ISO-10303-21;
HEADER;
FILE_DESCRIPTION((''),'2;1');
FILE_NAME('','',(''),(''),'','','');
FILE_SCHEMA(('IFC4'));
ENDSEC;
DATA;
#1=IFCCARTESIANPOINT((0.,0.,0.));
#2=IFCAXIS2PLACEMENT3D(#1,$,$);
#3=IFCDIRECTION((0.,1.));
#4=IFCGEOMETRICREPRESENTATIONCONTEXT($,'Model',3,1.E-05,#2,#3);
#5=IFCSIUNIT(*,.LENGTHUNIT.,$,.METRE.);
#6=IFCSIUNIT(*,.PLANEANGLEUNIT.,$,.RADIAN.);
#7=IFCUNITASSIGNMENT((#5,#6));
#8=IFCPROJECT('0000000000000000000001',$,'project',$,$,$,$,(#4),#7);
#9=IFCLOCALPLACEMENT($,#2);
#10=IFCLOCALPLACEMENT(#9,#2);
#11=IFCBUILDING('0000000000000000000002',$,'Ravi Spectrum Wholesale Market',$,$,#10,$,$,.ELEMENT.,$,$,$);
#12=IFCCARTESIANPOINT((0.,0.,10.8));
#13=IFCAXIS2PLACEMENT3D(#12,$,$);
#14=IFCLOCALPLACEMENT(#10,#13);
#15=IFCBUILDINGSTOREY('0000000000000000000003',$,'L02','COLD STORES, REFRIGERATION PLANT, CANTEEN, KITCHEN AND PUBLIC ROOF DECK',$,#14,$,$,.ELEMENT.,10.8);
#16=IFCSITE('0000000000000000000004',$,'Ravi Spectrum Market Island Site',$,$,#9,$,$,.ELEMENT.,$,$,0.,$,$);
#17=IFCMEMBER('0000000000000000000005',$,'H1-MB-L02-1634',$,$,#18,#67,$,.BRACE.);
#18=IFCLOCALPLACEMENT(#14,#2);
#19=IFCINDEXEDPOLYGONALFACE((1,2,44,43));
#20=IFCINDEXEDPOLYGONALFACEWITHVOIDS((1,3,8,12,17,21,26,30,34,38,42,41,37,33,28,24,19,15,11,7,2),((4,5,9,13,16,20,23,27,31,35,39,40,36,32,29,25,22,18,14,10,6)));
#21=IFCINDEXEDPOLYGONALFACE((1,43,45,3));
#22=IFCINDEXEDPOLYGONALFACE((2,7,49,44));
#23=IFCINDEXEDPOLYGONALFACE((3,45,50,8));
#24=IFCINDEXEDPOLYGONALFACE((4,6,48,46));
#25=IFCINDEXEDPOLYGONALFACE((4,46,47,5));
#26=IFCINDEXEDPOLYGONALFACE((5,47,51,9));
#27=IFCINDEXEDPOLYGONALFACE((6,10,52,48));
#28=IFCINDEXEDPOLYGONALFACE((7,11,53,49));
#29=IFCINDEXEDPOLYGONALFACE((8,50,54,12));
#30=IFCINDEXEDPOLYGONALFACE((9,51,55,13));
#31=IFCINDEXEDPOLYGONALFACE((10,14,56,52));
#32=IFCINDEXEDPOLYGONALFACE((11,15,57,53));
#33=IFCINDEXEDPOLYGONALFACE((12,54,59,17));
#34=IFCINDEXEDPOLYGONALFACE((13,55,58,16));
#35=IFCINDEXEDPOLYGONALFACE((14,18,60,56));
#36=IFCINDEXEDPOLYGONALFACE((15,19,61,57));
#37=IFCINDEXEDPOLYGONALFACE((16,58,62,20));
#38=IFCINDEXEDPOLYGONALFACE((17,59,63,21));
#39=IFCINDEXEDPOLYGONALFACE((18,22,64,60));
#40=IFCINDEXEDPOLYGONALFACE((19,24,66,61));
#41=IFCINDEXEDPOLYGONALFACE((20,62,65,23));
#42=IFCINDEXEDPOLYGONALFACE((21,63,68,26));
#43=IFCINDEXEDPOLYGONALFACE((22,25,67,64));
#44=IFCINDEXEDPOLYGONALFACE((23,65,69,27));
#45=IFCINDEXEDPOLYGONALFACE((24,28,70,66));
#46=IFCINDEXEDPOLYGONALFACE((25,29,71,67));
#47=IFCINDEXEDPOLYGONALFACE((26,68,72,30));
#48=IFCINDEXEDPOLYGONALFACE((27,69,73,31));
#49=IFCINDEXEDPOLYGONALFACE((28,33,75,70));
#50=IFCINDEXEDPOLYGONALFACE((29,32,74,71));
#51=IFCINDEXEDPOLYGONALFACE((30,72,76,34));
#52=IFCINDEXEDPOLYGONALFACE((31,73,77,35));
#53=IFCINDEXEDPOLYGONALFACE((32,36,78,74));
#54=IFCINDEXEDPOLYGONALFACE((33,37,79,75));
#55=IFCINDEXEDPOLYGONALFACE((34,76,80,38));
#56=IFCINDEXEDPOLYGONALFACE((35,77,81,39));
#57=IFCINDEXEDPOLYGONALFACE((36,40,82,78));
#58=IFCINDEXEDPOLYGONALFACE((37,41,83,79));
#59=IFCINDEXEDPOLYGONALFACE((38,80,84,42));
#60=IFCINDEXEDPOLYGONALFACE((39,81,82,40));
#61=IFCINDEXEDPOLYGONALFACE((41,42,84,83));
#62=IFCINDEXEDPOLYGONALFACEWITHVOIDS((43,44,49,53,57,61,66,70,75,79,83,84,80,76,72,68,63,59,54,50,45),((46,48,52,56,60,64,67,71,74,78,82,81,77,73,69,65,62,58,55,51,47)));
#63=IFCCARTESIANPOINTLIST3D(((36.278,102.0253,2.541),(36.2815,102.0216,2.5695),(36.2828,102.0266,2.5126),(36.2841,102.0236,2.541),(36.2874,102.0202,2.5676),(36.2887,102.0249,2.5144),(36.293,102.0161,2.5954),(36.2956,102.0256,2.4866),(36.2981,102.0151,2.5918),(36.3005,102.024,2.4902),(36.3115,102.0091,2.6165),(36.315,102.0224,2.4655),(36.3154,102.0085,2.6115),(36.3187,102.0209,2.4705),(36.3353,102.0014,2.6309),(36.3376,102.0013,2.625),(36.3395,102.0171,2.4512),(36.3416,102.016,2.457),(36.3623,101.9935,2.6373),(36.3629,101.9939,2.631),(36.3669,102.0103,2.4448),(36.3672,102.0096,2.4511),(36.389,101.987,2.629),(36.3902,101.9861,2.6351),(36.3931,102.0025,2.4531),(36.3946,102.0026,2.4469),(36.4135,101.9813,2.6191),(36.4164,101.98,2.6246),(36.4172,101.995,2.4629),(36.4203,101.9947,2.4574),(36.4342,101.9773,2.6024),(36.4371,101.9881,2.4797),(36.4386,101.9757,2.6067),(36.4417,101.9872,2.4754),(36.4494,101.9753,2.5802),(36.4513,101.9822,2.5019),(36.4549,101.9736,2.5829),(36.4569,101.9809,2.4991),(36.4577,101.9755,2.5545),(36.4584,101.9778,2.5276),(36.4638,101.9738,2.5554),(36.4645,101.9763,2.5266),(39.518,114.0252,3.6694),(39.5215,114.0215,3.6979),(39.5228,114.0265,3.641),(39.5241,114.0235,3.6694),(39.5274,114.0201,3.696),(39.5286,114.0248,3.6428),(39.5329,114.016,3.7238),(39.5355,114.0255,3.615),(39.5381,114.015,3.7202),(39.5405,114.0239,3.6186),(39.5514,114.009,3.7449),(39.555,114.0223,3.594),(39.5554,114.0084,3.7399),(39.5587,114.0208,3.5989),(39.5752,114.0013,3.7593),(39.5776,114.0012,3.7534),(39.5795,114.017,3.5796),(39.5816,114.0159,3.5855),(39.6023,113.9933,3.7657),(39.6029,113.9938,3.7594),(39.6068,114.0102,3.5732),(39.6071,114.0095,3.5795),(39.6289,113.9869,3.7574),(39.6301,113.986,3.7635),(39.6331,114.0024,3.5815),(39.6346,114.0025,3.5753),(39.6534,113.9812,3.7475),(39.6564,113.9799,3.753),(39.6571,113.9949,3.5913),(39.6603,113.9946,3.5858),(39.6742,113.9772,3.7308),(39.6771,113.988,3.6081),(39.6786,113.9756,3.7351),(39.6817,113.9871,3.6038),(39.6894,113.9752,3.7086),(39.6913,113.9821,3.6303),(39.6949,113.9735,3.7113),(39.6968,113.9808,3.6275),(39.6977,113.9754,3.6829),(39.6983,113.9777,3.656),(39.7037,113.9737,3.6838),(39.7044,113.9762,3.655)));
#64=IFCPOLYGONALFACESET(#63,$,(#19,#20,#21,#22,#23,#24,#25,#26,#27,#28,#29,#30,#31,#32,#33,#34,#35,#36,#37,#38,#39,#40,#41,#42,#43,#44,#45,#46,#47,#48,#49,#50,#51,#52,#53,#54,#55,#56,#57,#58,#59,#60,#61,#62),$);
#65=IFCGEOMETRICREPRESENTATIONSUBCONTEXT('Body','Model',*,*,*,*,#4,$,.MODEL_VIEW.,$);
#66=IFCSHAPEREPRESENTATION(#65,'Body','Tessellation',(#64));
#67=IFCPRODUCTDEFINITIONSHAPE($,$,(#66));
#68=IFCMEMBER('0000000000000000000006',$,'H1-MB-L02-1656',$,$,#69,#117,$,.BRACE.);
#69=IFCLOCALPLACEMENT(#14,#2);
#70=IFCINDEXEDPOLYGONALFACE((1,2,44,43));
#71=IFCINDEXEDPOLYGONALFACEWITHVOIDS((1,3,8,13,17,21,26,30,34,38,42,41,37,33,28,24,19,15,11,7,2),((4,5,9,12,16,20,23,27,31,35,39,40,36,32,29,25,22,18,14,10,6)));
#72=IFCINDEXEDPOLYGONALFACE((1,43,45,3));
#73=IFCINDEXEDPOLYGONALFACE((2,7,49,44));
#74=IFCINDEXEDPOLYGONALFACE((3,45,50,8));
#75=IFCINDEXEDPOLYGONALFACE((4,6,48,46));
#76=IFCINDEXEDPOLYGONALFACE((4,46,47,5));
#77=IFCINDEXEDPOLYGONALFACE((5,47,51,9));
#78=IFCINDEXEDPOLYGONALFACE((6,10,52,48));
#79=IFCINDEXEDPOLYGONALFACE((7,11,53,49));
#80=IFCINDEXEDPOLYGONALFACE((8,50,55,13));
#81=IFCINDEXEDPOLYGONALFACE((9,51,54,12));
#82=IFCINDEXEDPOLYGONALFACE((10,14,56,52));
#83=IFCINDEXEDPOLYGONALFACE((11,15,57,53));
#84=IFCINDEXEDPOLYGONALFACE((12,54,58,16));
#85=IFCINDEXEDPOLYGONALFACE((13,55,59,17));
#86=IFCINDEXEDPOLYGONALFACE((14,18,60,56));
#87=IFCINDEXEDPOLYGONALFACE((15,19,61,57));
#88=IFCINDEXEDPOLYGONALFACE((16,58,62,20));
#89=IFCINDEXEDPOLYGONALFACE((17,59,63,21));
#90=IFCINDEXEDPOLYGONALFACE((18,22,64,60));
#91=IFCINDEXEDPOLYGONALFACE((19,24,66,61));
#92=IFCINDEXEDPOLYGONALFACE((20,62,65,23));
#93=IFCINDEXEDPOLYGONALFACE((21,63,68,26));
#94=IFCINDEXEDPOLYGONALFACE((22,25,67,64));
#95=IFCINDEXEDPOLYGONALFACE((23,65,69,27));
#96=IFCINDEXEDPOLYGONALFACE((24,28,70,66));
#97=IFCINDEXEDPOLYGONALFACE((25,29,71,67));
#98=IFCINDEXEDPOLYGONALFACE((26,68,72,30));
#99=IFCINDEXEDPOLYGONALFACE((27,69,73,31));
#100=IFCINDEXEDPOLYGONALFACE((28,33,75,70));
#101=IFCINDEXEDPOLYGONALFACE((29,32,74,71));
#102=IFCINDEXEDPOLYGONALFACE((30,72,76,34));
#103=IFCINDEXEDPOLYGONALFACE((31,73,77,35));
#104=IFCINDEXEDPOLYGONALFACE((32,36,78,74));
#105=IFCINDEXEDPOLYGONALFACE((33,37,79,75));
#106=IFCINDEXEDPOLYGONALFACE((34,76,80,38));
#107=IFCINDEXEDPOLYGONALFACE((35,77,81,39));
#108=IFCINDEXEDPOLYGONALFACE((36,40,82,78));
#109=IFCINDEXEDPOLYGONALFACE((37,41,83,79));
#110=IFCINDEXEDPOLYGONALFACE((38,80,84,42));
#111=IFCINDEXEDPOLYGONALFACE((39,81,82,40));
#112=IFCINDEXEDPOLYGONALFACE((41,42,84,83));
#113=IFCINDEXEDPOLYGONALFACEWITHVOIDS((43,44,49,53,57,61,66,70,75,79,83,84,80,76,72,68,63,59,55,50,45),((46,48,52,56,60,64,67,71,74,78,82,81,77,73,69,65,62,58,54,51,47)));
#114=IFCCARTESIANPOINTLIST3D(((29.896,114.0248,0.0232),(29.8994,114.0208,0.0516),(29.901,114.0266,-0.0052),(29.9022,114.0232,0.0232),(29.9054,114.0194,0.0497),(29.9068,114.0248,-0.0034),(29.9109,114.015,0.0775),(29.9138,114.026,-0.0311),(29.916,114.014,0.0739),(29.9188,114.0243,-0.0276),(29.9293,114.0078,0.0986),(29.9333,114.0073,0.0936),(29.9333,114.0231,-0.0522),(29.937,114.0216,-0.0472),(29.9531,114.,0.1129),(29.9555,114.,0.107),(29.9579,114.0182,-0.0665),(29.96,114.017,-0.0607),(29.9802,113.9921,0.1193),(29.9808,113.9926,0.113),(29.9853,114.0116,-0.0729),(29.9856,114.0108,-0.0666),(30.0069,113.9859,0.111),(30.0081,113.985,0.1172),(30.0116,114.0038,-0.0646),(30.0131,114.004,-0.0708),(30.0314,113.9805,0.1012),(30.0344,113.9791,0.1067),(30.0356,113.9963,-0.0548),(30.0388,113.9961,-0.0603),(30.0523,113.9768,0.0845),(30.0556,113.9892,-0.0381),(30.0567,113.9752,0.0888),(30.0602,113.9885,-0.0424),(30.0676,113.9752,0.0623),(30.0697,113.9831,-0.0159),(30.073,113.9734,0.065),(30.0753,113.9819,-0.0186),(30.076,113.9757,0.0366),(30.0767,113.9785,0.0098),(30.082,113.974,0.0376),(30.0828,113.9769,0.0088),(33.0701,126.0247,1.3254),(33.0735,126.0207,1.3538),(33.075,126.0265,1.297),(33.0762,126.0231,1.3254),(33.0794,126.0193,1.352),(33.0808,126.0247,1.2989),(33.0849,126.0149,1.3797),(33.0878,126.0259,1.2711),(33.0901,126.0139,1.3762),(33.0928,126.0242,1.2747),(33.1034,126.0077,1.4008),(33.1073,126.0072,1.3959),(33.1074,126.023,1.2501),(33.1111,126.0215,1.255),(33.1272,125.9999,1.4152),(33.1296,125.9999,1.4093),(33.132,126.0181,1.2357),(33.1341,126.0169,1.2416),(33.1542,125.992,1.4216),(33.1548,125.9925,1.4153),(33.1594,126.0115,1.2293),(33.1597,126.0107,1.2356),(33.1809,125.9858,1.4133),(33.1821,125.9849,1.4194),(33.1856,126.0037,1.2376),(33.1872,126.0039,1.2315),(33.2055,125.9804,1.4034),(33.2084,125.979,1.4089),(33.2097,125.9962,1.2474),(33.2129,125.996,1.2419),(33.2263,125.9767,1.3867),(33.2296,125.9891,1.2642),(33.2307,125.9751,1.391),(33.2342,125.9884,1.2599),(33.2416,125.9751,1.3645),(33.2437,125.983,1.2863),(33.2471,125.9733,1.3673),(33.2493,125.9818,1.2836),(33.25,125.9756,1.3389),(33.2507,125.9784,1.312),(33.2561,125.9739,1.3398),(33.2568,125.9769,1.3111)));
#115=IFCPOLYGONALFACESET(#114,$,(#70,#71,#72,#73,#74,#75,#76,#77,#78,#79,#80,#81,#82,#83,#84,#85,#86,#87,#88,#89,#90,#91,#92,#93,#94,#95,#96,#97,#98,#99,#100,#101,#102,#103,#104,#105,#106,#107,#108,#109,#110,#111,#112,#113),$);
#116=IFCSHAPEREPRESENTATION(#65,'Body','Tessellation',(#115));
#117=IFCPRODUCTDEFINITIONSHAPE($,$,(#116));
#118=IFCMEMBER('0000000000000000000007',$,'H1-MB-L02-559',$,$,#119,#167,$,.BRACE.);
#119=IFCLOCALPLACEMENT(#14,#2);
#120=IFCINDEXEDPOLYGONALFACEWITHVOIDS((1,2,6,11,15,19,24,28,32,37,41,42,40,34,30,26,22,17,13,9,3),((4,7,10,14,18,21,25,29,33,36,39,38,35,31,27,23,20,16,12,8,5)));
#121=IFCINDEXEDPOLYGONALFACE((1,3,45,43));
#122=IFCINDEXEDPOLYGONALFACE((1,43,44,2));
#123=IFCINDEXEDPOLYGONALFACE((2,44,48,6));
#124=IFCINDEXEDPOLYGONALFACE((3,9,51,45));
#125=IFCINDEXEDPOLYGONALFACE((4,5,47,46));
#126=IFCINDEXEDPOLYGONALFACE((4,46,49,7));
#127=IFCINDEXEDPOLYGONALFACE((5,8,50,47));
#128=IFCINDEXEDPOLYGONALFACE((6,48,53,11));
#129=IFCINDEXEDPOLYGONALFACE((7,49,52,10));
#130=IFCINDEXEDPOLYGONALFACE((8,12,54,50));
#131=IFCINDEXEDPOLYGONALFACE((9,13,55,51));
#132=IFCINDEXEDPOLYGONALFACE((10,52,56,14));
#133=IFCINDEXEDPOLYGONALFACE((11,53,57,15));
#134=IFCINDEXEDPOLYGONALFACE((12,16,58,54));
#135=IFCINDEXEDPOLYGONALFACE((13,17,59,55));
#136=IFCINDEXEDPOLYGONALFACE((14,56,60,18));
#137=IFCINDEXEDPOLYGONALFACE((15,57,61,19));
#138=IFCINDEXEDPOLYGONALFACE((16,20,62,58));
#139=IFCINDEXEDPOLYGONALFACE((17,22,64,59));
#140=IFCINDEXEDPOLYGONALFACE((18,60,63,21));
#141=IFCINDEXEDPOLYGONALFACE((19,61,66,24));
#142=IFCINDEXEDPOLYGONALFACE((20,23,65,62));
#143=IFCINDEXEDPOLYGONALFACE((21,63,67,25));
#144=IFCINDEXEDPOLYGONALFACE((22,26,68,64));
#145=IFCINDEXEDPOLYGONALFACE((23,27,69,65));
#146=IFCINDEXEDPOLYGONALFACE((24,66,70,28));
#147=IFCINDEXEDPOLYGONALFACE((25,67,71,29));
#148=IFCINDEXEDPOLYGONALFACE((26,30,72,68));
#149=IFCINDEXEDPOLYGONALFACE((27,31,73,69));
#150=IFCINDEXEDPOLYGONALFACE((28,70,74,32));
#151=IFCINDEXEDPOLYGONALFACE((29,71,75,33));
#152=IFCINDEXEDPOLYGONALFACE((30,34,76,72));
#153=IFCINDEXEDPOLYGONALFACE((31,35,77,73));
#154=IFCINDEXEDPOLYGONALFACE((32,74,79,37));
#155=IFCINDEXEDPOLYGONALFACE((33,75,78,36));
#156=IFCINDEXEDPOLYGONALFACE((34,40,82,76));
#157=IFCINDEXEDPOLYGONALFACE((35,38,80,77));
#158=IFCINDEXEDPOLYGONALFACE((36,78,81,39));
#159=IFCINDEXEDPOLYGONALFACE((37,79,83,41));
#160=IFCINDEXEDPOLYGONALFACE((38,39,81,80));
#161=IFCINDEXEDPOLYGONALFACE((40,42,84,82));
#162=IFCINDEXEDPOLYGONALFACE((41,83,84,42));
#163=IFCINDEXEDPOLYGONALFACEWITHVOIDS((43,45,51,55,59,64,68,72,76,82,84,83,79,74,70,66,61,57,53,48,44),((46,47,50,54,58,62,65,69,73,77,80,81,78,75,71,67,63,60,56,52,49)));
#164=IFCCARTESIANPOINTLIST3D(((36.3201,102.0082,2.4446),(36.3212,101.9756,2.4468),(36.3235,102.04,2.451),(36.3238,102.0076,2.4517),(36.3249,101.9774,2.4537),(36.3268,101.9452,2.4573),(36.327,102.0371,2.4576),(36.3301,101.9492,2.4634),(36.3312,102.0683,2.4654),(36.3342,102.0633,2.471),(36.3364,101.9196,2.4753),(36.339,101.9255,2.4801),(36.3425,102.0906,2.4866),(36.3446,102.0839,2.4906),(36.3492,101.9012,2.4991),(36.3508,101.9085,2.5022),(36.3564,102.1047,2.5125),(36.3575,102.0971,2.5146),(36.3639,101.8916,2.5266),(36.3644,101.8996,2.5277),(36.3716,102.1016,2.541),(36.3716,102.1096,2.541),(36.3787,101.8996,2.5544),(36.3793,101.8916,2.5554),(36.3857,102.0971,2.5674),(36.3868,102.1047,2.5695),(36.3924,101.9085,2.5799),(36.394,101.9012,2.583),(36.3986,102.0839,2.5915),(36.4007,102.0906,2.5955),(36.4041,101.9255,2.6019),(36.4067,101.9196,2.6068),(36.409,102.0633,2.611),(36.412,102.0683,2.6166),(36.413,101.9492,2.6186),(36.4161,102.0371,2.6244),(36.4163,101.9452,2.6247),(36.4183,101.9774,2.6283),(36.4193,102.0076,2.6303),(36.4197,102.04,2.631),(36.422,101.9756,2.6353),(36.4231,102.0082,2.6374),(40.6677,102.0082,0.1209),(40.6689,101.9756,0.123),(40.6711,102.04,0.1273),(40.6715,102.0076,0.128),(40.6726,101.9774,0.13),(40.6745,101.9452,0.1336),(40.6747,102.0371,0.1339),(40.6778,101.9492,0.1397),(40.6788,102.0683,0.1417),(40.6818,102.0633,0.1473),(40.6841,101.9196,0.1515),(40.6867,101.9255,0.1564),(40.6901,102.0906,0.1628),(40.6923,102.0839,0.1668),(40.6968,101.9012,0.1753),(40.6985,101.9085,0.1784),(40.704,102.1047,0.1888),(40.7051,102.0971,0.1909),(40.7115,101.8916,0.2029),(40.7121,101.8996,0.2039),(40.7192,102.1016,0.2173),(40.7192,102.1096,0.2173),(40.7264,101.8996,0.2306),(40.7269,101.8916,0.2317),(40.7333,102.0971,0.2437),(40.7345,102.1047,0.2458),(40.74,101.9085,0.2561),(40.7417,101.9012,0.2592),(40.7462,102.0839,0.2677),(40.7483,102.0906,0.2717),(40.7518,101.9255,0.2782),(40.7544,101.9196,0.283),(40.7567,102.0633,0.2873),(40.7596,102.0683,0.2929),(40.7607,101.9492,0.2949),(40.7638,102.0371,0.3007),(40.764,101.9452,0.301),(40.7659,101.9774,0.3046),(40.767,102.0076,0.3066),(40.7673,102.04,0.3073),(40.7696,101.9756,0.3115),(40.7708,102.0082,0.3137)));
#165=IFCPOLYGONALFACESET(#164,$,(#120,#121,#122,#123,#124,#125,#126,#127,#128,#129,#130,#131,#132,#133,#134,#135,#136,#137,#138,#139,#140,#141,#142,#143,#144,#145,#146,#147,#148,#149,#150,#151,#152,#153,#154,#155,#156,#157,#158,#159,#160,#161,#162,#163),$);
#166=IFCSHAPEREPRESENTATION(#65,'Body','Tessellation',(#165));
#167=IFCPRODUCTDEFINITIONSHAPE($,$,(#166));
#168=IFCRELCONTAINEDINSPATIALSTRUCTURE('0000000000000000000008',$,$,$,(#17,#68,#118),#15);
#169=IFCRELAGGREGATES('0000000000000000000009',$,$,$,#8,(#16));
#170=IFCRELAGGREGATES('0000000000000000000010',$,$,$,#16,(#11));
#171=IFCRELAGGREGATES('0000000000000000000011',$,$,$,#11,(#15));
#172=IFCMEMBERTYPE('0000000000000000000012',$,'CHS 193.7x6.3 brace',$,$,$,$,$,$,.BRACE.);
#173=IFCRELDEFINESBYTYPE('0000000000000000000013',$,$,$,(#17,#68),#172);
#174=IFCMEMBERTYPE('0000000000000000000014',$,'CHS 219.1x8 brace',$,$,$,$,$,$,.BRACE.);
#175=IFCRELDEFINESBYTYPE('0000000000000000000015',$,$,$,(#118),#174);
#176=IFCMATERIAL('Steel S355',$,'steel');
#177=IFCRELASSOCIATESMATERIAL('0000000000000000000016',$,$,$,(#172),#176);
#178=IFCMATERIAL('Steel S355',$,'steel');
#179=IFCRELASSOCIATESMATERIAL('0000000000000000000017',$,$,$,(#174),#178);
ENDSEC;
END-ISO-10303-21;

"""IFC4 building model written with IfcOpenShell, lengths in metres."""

from ifc_helpers import new_model, si_unit, direction, frame, origin, origin_2d, place, context, subcontext, project, spatial, hollow_circle, extrude, material, material_profile, profile_set, type_object, element, save


model = new_model("IFC4")

# Units and contexts
model_context = context("Model", 3, precision=1e-05, world=origin(), true_north=direction((0.0, 1.0)))
body_context = subcontext(model_context, "Body", "Model", "MODEL_VIEW")
ifc_project = project(units=[si_unit("LENGTHUNIT", "METRE"), si_unit("PLANEANGLEUNIT", "RADIAN")], contexts=[model_context])

# Site, building, storey
site_placement = place(None, origin())
site = spatial("IfcSite", under=ifc_project, at=site_placement, Name="Ravi Spectrum Market Island Site", CompositionType="ELEMENT", RefElevation=0.0)
building_placement = place(site_placement, origin())
building = spatial("IfcBuilding", under=site, at=building_placement, Name="Ravi Spectrum Wholesale Market", CompositionType="ELEMENT")
storey_placement = place(building_placement, frame((0.0, 0.0, 10.8)))
storey = spatial("IfcBuildingStorey", under=building, at=storey_placement, Name="L02", Description="COLD STORES, REFRIGERATION PLANT, CANTEEN, KITCHEN AND PUBLIC ROOF DECK", CompositionType="ELEMENT", Elevation=10.8)

# Members
ifc_material_1 = material(Name="Steel S355", Category="steel")
ifc_material_profile_1 = material_profile(ifc_material_1, hollow_circle(Radius=0.0969, WallThickness=0.0063, at=origin_2d()))
ifc_profile_set_1 = profile_set([ifc_material_profile_1], Name="Steel S355")
member_type_1 = type_object("IfcMemberType", Name="CHS 193.7x6.3 brace", PredefinedType="BRACE", material=ifc_profile_set_1)
for number, where, z_axis, x_axis, name in (
    (1, (36.3716, 102.0, 2.541), (0.259598, 0.961475, 0.090412), (-0.965429, 0.260665, 0.0), "H1-MB-L02-1634"),
    (2, (29.9897, 114.0, 0.0232), (0.254316, 0.961476, 0.10434), (-0.966753, 0.255712, 0.0), "H1-MB-L02-1656"),
):
    element("IfcMember", number, at=place(storey_placement, frame(where, z_axis=z_axis, x_axis=x_axis)), inside=storey, type_object=member_type_1, Name=name, PredefinedType="BRACE", context=body_context, shape_type="SweptSolid", body=[
        extrude(hollow_circle(Radius=0.0969, WallThickness=0.0063, at=origin_2d()), origin(), (0.0, 0.0, 1.0), 12.4807),
    ])
ifc_material_2 = material(Name="Steel S355", Category="steel")
ifc_material_profile_2 = material_profile(ifc_material_2, hollow_circle(Radius=0.1096, WallThickness=0.0081, at=origin_2d()))
ifc_profile_set_2 = profile_set([ifc_material_profile_2], Name="Steel S355")
member_type_2 = type_object("IfcMemberType", Name="CHS 219.1x8 brace", PredefinedType="BRACE", material=ifc_profile_set_2)
for number, where, z_axis, x_axis, name in (
    (3, (36.3716, 102.0, 2.541), (0.881933, 0.0, -0.471375), (0.0, 1.0, 0.0), "H1-MB-L02-559"),
):
    element("IfcMember", number, at=place(storey_placement, frame(where, z_axis=z_axis, x_axis=x_axis)), inside=storey, type_object=member_type_2, Name=name, PredefinedType="BRACE", context=body_context, shape_type="SweptSolid", body=[
        extrude(hollow_circle(Radius=0.1096, WallThickness=0.0081, at=origin_2d()), origin(), (0.0, 0.0, 1.0), 4.9297),
    ])

save(model, "model.ifc")
